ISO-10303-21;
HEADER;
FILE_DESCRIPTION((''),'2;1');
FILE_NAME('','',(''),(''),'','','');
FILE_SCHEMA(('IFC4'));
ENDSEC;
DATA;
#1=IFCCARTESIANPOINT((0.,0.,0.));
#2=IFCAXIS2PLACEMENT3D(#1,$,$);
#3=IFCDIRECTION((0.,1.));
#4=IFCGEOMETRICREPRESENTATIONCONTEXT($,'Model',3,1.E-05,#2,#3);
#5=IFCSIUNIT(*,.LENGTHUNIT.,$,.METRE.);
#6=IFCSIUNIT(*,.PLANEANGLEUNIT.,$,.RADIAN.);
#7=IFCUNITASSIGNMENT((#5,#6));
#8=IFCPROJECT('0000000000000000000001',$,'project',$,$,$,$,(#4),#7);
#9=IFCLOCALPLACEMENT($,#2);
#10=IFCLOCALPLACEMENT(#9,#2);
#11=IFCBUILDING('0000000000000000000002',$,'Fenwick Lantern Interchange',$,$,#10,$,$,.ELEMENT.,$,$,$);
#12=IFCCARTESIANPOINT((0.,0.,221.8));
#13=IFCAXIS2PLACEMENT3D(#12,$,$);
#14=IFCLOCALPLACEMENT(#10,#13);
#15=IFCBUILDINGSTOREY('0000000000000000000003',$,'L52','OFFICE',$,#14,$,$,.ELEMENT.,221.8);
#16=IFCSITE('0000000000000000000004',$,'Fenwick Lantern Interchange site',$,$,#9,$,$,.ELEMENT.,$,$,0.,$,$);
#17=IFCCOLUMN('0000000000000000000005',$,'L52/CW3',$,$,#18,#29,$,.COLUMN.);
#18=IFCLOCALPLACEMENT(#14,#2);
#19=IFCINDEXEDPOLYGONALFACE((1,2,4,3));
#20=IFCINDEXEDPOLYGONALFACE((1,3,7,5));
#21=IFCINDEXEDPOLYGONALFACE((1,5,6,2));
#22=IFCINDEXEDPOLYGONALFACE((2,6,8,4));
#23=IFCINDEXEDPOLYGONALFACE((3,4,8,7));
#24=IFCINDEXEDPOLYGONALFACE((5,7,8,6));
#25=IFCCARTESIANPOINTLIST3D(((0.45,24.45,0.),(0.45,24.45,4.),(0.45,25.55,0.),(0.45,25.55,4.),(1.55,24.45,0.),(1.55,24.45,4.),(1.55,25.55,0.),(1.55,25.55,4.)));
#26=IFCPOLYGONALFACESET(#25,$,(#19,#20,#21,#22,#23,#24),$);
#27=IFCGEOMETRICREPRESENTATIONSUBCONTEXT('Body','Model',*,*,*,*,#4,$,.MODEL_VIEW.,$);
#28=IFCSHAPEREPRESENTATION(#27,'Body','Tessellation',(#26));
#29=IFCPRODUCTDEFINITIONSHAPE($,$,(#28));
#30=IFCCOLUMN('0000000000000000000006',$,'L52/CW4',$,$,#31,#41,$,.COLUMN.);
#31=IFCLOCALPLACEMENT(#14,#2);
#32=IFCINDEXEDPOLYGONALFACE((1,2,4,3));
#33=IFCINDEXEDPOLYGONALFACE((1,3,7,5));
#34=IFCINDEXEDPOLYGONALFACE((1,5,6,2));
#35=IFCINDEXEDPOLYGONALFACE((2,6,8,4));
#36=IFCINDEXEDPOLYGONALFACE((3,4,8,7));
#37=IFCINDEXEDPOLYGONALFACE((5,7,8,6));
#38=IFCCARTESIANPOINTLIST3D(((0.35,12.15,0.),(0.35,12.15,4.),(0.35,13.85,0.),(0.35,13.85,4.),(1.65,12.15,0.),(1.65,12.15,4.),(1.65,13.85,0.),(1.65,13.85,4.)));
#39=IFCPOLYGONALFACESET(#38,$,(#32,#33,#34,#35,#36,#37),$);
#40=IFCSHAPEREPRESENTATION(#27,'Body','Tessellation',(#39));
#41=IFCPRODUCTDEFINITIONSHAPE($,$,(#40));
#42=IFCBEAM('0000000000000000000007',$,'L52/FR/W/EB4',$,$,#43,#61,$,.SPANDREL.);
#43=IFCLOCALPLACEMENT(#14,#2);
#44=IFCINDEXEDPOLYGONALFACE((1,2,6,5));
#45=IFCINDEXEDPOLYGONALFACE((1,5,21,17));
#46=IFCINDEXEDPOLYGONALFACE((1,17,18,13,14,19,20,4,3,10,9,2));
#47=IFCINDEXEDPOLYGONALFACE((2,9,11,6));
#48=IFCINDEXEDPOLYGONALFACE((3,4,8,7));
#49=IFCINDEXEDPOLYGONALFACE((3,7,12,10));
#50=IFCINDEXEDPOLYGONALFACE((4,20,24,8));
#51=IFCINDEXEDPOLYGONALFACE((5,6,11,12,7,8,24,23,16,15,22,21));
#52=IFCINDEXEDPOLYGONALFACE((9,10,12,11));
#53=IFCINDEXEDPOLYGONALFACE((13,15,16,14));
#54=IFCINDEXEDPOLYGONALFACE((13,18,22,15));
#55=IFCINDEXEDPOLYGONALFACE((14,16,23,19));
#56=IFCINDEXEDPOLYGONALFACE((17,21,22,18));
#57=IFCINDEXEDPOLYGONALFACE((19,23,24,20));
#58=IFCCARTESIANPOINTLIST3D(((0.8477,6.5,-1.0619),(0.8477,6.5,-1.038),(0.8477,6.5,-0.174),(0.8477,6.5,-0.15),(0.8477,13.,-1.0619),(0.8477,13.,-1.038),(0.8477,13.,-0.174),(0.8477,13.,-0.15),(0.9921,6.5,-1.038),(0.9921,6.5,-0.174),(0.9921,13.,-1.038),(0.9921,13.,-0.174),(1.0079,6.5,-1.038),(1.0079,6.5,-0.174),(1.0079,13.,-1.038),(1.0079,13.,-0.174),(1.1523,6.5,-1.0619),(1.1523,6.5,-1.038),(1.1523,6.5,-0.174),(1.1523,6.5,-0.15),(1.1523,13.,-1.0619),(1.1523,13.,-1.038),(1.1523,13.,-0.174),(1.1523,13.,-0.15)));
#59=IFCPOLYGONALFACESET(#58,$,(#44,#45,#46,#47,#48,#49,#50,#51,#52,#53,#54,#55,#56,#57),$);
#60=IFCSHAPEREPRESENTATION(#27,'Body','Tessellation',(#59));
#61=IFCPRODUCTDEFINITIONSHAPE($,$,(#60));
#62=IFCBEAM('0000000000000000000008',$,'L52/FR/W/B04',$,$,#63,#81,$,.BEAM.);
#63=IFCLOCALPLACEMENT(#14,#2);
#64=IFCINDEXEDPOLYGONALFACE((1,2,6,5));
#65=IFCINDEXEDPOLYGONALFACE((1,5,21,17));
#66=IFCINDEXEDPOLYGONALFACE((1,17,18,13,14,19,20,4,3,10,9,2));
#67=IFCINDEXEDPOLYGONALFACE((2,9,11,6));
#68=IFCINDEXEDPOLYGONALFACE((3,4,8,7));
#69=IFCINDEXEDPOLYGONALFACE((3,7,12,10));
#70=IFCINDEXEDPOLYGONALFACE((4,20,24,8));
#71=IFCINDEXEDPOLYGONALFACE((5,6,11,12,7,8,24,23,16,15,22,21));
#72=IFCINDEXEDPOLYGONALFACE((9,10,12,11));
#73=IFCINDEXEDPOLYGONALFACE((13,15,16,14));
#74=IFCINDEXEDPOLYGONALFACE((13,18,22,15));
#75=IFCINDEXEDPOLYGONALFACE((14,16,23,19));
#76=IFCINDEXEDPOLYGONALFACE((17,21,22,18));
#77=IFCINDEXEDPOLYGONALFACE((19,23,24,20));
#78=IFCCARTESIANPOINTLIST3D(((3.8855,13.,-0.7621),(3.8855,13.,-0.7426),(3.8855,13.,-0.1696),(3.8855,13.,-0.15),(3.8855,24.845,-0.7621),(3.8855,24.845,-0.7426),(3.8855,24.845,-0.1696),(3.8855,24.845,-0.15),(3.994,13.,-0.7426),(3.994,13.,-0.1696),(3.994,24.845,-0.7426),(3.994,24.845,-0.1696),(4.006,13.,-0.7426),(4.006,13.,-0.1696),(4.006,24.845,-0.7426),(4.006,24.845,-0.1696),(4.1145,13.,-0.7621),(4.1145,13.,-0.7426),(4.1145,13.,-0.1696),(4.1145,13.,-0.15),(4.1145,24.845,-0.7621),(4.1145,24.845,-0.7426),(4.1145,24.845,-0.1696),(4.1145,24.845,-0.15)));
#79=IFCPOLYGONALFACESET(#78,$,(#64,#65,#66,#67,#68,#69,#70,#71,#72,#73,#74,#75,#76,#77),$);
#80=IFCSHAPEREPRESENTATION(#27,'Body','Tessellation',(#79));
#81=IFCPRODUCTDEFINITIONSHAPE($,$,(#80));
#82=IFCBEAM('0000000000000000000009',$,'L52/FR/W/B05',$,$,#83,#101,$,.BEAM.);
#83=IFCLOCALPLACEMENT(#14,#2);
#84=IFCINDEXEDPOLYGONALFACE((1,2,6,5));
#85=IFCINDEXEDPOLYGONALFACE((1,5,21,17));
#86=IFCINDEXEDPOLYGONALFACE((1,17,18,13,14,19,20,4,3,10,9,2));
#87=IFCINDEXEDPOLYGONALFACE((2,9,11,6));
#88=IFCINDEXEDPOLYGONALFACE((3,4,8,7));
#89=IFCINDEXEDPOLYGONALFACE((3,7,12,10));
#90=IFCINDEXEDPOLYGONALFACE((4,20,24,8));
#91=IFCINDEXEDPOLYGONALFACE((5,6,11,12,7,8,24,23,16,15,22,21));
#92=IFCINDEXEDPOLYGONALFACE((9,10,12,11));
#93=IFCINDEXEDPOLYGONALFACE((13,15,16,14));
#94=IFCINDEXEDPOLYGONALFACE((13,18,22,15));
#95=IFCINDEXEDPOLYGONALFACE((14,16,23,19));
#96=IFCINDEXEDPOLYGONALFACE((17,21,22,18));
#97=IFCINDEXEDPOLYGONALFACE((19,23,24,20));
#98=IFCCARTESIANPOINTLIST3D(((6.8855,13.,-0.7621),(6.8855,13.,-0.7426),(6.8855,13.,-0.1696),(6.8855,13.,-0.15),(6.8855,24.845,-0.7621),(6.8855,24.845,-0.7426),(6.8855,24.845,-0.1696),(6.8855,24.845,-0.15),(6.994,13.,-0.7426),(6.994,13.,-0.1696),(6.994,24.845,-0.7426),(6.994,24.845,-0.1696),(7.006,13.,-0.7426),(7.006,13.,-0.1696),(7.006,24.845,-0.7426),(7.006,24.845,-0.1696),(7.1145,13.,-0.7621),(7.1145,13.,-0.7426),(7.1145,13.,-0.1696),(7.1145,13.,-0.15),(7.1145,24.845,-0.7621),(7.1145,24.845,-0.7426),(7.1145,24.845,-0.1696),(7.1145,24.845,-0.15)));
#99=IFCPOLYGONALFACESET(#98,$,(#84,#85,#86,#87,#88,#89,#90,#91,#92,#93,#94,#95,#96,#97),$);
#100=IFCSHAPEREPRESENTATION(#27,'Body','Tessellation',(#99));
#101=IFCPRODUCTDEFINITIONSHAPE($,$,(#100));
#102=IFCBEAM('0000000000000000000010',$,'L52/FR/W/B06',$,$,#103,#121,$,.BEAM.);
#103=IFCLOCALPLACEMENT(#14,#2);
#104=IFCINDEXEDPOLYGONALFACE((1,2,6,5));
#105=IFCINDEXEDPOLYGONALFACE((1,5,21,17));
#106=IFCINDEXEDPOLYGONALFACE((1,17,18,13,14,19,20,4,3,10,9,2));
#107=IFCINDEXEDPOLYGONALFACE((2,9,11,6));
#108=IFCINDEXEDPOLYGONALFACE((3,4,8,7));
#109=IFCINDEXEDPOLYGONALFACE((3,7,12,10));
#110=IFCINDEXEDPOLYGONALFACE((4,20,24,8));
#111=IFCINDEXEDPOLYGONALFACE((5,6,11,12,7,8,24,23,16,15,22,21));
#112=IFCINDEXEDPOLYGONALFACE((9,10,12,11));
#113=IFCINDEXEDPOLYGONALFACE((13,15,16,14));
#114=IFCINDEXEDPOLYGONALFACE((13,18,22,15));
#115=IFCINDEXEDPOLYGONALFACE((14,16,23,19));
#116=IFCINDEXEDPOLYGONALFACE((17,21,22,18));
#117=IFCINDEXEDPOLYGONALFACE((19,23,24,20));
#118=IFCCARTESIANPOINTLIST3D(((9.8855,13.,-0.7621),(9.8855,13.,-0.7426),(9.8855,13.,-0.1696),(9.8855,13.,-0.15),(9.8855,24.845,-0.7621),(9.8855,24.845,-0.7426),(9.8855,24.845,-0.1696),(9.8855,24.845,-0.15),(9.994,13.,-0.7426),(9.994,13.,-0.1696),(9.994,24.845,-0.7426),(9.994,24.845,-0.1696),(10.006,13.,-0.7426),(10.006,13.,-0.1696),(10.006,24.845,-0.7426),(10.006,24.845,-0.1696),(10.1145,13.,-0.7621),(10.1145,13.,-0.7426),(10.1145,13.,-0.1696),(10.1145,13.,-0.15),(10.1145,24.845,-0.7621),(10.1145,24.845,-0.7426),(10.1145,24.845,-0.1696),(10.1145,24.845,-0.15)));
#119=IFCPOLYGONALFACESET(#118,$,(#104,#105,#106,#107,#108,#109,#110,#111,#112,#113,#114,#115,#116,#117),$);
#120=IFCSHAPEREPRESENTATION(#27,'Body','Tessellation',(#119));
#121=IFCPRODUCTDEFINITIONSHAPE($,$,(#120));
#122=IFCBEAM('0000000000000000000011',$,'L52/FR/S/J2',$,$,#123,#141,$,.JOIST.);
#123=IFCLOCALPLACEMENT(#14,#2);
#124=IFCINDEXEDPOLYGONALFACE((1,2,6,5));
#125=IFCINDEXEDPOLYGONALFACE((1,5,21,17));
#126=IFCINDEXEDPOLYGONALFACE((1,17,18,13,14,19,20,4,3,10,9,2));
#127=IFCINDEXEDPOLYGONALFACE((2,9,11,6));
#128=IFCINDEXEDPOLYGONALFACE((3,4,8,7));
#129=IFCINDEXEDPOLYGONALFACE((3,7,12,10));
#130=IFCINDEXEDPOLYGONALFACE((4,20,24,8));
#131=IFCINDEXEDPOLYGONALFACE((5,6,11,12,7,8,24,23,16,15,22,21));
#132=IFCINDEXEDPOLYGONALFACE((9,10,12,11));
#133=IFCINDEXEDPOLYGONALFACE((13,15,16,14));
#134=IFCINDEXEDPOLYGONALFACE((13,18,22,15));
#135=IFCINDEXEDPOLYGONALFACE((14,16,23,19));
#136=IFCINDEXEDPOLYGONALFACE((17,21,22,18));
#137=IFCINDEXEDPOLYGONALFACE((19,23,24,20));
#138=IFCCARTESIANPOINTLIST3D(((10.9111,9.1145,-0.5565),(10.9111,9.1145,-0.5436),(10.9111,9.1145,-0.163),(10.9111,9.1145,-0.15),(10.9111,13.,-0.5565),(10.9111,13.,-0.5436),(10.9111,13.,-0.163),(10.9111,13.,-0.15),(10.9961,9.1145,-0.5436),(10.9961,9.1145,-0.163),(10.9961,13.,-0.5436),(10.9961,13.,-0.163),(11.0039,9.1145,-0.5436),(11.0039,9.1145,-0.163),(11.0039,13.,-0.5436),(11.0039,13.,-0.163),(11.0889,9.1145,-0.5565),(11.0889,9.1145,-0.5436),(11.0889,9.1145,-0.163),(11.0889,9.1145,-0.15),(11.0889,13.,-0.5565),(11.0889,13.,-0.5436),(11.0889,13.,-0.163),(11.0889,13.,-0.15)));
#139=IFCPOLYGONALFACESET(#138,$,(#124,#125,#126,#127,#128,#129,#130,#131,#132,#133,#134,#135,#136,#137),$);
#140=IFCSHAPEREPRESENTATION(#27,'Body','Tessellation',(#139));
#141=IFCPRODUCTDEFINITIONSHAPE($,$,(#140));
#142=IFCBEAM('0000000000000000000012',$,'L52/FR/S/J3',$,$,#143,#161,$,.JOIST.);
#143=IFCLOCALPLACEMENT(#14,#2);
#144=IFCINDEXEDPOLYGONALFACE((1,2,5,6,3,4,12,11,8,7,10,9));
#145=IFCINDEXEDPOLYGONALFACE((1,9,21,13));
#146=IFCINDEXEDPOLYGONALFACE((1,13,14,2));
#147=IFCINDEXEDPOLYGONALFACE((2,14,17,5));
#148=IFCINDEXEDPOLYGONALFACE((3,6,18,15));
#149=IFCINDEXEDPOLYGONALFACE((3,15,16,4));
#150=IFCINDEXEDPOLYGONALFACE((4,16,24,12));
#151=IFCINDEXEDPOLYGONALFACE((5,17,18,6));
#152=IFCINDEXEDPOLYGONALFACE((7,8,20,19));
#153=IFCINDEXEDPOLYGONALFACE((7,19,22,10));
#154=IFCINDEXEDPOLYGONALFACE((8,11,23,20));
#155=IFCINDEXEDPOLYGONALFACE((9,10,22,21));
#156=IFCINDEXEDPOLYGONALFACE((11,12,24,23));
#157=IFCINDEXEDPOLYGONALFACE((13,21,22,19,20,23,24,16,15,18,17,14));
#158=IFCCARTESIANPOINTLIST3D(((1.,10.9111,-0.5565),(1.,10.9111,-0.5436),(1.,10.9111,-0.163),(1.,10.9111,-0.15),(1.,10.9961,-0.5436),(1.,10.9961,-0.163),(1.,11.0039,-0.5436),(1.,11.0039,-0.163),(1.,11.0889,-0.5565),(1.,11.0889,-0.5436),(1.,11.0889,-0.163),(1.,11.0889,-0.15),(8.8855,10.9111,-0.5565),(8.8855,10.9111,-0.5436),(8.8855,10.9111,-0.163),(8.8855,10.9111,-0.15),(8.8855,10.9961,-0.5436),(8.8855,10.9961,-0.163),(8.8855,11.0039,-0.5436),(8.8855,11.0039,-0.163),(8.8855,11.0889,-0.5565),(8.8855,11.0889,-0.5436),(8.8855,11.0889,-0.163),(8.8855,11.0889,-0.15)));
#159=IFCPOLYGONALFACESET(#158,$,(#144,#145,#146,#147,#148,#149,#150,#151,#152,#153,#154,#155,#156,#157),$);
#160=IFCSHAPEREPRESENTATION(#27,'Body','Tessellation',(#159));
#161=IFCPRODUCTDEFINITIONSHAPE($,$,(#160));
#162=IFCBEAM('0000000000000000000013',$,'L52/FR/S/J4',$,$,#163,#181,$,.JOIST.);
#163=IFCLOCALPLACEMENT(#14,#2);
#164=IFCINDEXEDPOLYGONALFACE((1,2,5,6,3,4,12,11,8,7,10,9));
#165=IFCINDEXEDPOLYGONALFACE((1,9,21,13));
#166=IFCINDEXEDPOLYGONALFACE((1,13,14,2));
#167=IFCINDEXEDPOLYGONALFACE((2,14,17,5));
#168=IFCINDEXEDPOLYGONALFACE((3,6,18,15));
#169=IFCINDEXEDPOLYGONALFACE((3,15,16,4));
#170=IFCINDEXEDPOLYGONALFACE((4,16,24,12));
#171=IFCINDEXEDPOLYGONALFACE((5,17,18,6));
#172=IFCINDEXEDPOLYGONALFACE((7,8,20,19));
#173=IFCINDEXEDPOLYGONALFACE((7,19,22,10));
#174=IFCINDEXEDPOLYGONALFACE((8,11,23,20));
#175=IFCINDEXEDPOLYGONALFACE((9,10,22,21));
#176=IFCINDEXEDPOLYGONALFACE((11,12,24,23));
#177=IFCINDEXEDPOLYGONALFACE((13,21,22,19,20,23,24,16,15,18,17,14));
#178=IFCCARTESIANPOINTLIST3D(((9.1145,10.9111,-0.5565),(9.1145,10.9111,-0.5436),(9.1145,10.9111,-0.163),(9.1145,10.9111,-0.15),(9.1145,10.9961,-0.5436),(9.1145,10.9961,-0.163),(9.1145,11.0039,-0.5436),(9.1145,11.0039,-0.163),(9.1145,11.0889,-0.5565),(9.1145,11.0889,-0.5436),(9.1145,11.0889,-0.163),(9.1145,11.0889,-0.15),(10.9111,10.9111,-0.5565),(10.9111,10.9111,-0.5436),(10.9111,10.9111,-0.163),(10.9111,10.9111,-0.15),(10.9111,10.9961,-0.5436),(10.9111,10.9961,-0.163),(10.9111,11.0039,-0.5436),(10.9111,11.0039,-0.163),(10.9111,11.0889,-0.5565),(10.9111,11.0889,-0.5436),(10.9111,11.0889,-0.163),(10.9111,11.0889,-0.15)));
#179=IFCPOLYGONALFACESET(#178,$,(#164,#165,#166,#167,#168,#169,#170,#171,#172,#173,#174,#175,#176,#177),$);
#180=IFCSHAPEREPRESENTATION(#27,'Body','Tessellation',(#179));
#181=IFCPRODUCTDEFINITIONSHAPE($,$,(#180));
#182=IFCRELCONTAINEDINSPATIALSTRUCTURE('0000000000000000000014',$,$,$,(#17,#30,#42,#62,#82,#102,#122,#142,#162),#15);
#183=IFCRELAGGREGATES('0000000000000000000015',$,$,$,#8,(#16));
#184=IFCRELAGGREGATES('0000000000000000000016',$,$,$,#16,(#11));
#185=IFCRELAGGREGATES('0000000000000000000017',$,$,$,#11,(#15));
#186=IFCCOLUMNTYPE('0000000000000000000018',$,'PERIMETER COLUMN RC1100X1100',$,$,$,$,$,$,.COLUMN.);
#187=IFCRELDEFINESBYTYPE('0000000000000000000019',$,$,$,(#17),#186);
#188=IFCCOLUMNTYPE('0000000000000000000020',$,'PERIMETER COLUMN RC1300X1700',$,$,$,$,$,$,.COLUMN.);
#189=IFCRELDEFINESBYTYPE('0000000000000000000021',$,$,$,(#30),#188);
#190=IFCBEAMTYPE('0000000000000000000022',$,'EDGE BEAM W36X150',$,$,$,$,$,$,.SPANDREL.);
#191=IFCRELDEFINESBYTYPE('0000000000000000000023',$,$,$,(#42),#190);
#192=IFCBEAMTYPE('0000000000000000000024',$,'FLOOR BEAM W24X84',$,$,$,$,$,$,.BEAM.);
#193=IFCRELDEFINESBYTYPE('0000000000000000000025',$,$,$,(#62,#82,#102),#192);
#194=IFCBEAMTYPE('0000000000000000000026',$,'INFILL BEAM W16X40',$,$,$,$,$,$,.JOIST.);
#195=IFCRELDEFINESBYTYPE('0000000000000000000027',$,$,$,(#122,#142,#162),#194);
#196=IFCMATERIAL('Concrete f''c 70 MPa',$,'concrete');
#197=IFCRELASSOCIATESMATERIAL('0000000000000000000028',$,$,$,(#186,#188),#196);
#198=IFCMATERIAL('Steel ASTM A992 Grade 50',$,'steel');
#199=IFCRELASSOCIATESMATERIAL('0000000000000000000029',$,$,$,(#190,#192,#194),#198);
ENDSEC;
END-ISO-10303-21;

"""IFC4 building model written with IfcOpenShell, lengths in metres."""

from ifc_helpers import new_model, si_unit, direction, frame, origin, origin_2d, place, context, subcontext, project, spatial, rectangle, i_section, extrude, material, material_profile, profile_set, type_object, element, save


model = new_model("IFC4")

# Units and contexts
model_context = context("Model", 3, precision=1e-05, world=origin(), true_north=direction((0.0, 1.0)))
body_context = subcontext(model_context, "Body", "Model", "MODEL_VIEW")
ifc_project = project(units=[si_unit("LENGTHUNIT", "METRE"), si_unit("PLANEANGLEUNIT", "RADIAN")], contexts=[model_context])

# Site, building, storey
site_placement = place(None, origin())
site = spatial("IfcSite", under=ifc_project, at=site_placement, Name="Fenwick Lantern Interchange site", CompositionType="ELEMENT", RefElevation=0.0)
building_placement = place(site_placement, origin())
building = spatial("IfcBuilding", under=site, at=building_placement, Name="Fenwick Lantern Interchange", CompositionType="ELEMENT")
storey_placement = place(building_placement, frame((0.0, 0.0, 221.8)))
storey = spatial("IfcBuildingStorey", under=building, at=storey_placement, Name="L52", Description="OFFICE", CompositionType="ELEMENT", Elevation=221.8)

# Columns
ifc_material_1 = material(Name="Concrete f'c 70 MPa", Category="concrete")
ifc_material_profile_1 = material_profile(ifc_material_1, rectangle(XDim=1.1001, YDim=1.1001, at=origin_2d()), Name="RC1100X1100")
ifc_profile_set_1 = profile_set([ifc_material_profile_1], Name="Concrete f'c 70 MPa")
column_type_1 = type_object("IfcColumnType", Name="PERIMETER COLUMN RC1100X1100", PredefinedType="COLUMN", material=ifc_profile_set_1)
column_1_placement = place(storey_placement, frame((1.0, 25.0, 0.0), z_axis=(0.0, 0.0, 1.0), x_axis=(1.0, 0.0, 0.0)))
element("IfcColumn", 1, at=column_1_placement, inside=storey, type_object=column_type_1, Name="L52/CW3", PredefinedType="COLUMN", context=body_context, shape_type="SweptSolid", body=[
    extrude(rectangle(XDim=1.1001, YDim=1.1001, at=origin_2d()), origin(), (0.0, 0.0, 1.0), 4.0),
])
ifc_material_profile_2 = material_profile(ifc_material_1, rectangle(XDim=1.3, YDim=1.7, at=origin_2d()), Name="RC1300X1700")
ifc_profile_set_2 = profile_set([ifc_material_profile_2], Name="Concrete f'c 70 MPa")
column_type_2 = type_object("IfcColumnType", Name="PERIMETER COLUMN RC1300X1700", PredefinedType="COLUMN", material=ifc_profile_set_2)
column_2_placement = place(storey_placement, frame((1.0, 13.0, 0.0), z_axis=(0.0, 0.0, 1.0), x_axis=(1.0, 0.0, 0.0)))
element("IfcColumn", 2, at=column_2_placement, inside=storey, type_object=column_type_2, Name="L52/CW4", PredefinedType="COLUMN", context=body_context, shape_type="SweptSolid", body=[
    extrude(rectangle(XDim=1.3, YDim=1.7, at=origin_2d()), origin(), (0.0, 0.0, 1.0), 4.0),
])

# Beams
ifc_material_2 = material(Name="Steel ASTM A992 Grade 50", Category="steel")
ifc_material_profile_3 = material_profile(ifc_material_2, i_section(OverallWidth=0.3047, OverallDepth=0.9119, WebThickness=0.0159, FlangeThickness=0.0239, at=origin_2d()), Name="W36X150")
ifc_profile_set_3 = profile_set([ifc_material_profile_3], Name="Steel ASTM A992 Grade 50")
beam_type_1 = type_object("IfcBeamType", Name="EDGE BEAM W36X150", PredefinedType="SPANDREL", material=ifc_profile_set_3)
beam_1_placement = place(storey_placement, frame((1.0, 13.0, -0.606), z_axis=(0.0, -1.0, 0.0), x_axis=(1.0, 0.0, 0.0)))
element("IfcBeam", 3, at=beam_1_placement, inside=storey, type_object=beam_type_1, Name="L52/FR/W/EB4", PredefinedType="SPANDREL", context=body_context, shape_type="SweptSolid", body=[
    extrude(i_section(OverallWidth=0.3047, OverallDepth=0.9119, WebThickness=0.0159, FlangeThickness=0.0239, at=origin_2d()), origin(), (0.0, 0.0, 1.0), 6.5),
])
ifc_material_profile_4 = material_profile(ifc_material_2, i_section(OverallWidth=0.229, OverallDepth=0.6121, WebThickness=0.012, FlangeThickness=0.0195, at=origin_2d()), Name="W24X84")
ifc_profile_set_4 = profile_set([ifc_material_profile_4], Name="Steel ASTM A992 Grade 50")
beam_type_2 = type_object("IfcBeamType", Name="FLOOR BEAM W24X84", PredefinedType="BEAM", material=ifc_profile_set_4)
for number, where, z_axis, x_axis, name in (
    (4, (4.0, 24.845, -0.4561), (0.0, -1.0, 0.0), (1.0, 0.0, 0.0), "L52/FR/W/B04"),
    (5, (7.0, 24.845, -0.4561), (0.0, -1.0, 0.0), (1.0, 0.0, 0.0), "L52/FR/W/B05"),
    (6, (10.0, 24.845, -0.4561), (0.0, -1.0, 0.0), (1.0, 0.0, 0.0), "L52/FR/W/B06"),
):
    element("IfcBeam", number, at=place(storey_placement, frame(where, z_axis=z_axis, x_axis=x_axis)), inside=storey, type_object=beam_type_2, Name=name, PredefinedType="BEAM", context=body_context, shape_type="SweptSolid", body=[
        extrude(i_section(OverallWidth=0.229, OverallDepth=0.6121, WebThickness=0.012, FlangeThickness=0.0195, at=origin_2d()), origin(), (0.0, 0.0, 1.0), 11.845),
    ])
ifc_material_profile_5 = material_profile(ifc_material_2, i_section(OverallWidth=0.1777, OverallDepth=0.4065, WebThickness=0.0078, FlangeThickness=0.0129, at=origin_2d()), Name="W16X40")
ifc_profile_set_5 = profile_set([ifc_material_profile_5], Name="Steel ASTM A992 Grade 50")
beam_type_3 = type_object("IfcBeamType", Name="INFILL BEAM W16X40", PredefinedType="JOIST", material=ifc_profile_set_5)
beam_2_placement = place(storey_placement, frame((11.0, 9.1145, -0.3533), z_axis=(0.0, 1.0, 0.0), x_axis=(-1.0, 0.0, 0.0)))
element("IfcBeam", 7, at=beam_2_placement, inside=storey, type_object=beam_type_3, Name="L52/FR/S/J2", PredefinedType="JOIST", context=body_context, shape_type="SweptSolid", body=[
    extrude(i_section(OverallWidth=0.1777, OverallDepth=0.4065, WebThickness=0.0078, FlangeThickness=0.0129, at=origin_2d()), origin(), (0.0, 0.0, 1.0), 3.8855),
])
beam_3_placement = place(storey_placement, frame((1.0, 11.0, -0.3533), z_axis=(1.0, 0.0, 0.0), x_axis=(0.0, 1.0, 0.0)))
element("IfcBeam", 8, at=beam_3_placement, inside=storey, type_object=beam_type_3, Name="L52/FR/S/J3", PredefinedType="JOIST", context=body_context, shape_type="SweptSolid", body=[
    extrude(i_section(OverallWidth=0.1777, OverallDepth=0.4065, WebThickness=0.0078, FlangeThickness=0.0129, at=origin_2d()), origin(), (0.0, 0.0, 1.0), 7.8855),
])
beam_4_placement = place(storey_placement, frame((9.1145, 11.0, -0.3533), z_axis=(1.0, 0.0, 0.0), x_axis=(0.0, 1.0, 0.0)))
element("IfcBeam", 9, at=beam_4_placement, inside=storey, type_object=beam_type_3, Name="L52/FR/S/J4", PredefinedType="JOIST", context=body_context, shape_type="SweptSolid", body=[
    extrude(i_section(OverallWidth=0.1777, OverallDepth=0.4065, WebThickness=0.0078, FlangeThickness=0.0129, at=origin_2d()), origin(), (0.0, 0.0, 1.0), 1.7966),
])

save(model, "model.ifc")
